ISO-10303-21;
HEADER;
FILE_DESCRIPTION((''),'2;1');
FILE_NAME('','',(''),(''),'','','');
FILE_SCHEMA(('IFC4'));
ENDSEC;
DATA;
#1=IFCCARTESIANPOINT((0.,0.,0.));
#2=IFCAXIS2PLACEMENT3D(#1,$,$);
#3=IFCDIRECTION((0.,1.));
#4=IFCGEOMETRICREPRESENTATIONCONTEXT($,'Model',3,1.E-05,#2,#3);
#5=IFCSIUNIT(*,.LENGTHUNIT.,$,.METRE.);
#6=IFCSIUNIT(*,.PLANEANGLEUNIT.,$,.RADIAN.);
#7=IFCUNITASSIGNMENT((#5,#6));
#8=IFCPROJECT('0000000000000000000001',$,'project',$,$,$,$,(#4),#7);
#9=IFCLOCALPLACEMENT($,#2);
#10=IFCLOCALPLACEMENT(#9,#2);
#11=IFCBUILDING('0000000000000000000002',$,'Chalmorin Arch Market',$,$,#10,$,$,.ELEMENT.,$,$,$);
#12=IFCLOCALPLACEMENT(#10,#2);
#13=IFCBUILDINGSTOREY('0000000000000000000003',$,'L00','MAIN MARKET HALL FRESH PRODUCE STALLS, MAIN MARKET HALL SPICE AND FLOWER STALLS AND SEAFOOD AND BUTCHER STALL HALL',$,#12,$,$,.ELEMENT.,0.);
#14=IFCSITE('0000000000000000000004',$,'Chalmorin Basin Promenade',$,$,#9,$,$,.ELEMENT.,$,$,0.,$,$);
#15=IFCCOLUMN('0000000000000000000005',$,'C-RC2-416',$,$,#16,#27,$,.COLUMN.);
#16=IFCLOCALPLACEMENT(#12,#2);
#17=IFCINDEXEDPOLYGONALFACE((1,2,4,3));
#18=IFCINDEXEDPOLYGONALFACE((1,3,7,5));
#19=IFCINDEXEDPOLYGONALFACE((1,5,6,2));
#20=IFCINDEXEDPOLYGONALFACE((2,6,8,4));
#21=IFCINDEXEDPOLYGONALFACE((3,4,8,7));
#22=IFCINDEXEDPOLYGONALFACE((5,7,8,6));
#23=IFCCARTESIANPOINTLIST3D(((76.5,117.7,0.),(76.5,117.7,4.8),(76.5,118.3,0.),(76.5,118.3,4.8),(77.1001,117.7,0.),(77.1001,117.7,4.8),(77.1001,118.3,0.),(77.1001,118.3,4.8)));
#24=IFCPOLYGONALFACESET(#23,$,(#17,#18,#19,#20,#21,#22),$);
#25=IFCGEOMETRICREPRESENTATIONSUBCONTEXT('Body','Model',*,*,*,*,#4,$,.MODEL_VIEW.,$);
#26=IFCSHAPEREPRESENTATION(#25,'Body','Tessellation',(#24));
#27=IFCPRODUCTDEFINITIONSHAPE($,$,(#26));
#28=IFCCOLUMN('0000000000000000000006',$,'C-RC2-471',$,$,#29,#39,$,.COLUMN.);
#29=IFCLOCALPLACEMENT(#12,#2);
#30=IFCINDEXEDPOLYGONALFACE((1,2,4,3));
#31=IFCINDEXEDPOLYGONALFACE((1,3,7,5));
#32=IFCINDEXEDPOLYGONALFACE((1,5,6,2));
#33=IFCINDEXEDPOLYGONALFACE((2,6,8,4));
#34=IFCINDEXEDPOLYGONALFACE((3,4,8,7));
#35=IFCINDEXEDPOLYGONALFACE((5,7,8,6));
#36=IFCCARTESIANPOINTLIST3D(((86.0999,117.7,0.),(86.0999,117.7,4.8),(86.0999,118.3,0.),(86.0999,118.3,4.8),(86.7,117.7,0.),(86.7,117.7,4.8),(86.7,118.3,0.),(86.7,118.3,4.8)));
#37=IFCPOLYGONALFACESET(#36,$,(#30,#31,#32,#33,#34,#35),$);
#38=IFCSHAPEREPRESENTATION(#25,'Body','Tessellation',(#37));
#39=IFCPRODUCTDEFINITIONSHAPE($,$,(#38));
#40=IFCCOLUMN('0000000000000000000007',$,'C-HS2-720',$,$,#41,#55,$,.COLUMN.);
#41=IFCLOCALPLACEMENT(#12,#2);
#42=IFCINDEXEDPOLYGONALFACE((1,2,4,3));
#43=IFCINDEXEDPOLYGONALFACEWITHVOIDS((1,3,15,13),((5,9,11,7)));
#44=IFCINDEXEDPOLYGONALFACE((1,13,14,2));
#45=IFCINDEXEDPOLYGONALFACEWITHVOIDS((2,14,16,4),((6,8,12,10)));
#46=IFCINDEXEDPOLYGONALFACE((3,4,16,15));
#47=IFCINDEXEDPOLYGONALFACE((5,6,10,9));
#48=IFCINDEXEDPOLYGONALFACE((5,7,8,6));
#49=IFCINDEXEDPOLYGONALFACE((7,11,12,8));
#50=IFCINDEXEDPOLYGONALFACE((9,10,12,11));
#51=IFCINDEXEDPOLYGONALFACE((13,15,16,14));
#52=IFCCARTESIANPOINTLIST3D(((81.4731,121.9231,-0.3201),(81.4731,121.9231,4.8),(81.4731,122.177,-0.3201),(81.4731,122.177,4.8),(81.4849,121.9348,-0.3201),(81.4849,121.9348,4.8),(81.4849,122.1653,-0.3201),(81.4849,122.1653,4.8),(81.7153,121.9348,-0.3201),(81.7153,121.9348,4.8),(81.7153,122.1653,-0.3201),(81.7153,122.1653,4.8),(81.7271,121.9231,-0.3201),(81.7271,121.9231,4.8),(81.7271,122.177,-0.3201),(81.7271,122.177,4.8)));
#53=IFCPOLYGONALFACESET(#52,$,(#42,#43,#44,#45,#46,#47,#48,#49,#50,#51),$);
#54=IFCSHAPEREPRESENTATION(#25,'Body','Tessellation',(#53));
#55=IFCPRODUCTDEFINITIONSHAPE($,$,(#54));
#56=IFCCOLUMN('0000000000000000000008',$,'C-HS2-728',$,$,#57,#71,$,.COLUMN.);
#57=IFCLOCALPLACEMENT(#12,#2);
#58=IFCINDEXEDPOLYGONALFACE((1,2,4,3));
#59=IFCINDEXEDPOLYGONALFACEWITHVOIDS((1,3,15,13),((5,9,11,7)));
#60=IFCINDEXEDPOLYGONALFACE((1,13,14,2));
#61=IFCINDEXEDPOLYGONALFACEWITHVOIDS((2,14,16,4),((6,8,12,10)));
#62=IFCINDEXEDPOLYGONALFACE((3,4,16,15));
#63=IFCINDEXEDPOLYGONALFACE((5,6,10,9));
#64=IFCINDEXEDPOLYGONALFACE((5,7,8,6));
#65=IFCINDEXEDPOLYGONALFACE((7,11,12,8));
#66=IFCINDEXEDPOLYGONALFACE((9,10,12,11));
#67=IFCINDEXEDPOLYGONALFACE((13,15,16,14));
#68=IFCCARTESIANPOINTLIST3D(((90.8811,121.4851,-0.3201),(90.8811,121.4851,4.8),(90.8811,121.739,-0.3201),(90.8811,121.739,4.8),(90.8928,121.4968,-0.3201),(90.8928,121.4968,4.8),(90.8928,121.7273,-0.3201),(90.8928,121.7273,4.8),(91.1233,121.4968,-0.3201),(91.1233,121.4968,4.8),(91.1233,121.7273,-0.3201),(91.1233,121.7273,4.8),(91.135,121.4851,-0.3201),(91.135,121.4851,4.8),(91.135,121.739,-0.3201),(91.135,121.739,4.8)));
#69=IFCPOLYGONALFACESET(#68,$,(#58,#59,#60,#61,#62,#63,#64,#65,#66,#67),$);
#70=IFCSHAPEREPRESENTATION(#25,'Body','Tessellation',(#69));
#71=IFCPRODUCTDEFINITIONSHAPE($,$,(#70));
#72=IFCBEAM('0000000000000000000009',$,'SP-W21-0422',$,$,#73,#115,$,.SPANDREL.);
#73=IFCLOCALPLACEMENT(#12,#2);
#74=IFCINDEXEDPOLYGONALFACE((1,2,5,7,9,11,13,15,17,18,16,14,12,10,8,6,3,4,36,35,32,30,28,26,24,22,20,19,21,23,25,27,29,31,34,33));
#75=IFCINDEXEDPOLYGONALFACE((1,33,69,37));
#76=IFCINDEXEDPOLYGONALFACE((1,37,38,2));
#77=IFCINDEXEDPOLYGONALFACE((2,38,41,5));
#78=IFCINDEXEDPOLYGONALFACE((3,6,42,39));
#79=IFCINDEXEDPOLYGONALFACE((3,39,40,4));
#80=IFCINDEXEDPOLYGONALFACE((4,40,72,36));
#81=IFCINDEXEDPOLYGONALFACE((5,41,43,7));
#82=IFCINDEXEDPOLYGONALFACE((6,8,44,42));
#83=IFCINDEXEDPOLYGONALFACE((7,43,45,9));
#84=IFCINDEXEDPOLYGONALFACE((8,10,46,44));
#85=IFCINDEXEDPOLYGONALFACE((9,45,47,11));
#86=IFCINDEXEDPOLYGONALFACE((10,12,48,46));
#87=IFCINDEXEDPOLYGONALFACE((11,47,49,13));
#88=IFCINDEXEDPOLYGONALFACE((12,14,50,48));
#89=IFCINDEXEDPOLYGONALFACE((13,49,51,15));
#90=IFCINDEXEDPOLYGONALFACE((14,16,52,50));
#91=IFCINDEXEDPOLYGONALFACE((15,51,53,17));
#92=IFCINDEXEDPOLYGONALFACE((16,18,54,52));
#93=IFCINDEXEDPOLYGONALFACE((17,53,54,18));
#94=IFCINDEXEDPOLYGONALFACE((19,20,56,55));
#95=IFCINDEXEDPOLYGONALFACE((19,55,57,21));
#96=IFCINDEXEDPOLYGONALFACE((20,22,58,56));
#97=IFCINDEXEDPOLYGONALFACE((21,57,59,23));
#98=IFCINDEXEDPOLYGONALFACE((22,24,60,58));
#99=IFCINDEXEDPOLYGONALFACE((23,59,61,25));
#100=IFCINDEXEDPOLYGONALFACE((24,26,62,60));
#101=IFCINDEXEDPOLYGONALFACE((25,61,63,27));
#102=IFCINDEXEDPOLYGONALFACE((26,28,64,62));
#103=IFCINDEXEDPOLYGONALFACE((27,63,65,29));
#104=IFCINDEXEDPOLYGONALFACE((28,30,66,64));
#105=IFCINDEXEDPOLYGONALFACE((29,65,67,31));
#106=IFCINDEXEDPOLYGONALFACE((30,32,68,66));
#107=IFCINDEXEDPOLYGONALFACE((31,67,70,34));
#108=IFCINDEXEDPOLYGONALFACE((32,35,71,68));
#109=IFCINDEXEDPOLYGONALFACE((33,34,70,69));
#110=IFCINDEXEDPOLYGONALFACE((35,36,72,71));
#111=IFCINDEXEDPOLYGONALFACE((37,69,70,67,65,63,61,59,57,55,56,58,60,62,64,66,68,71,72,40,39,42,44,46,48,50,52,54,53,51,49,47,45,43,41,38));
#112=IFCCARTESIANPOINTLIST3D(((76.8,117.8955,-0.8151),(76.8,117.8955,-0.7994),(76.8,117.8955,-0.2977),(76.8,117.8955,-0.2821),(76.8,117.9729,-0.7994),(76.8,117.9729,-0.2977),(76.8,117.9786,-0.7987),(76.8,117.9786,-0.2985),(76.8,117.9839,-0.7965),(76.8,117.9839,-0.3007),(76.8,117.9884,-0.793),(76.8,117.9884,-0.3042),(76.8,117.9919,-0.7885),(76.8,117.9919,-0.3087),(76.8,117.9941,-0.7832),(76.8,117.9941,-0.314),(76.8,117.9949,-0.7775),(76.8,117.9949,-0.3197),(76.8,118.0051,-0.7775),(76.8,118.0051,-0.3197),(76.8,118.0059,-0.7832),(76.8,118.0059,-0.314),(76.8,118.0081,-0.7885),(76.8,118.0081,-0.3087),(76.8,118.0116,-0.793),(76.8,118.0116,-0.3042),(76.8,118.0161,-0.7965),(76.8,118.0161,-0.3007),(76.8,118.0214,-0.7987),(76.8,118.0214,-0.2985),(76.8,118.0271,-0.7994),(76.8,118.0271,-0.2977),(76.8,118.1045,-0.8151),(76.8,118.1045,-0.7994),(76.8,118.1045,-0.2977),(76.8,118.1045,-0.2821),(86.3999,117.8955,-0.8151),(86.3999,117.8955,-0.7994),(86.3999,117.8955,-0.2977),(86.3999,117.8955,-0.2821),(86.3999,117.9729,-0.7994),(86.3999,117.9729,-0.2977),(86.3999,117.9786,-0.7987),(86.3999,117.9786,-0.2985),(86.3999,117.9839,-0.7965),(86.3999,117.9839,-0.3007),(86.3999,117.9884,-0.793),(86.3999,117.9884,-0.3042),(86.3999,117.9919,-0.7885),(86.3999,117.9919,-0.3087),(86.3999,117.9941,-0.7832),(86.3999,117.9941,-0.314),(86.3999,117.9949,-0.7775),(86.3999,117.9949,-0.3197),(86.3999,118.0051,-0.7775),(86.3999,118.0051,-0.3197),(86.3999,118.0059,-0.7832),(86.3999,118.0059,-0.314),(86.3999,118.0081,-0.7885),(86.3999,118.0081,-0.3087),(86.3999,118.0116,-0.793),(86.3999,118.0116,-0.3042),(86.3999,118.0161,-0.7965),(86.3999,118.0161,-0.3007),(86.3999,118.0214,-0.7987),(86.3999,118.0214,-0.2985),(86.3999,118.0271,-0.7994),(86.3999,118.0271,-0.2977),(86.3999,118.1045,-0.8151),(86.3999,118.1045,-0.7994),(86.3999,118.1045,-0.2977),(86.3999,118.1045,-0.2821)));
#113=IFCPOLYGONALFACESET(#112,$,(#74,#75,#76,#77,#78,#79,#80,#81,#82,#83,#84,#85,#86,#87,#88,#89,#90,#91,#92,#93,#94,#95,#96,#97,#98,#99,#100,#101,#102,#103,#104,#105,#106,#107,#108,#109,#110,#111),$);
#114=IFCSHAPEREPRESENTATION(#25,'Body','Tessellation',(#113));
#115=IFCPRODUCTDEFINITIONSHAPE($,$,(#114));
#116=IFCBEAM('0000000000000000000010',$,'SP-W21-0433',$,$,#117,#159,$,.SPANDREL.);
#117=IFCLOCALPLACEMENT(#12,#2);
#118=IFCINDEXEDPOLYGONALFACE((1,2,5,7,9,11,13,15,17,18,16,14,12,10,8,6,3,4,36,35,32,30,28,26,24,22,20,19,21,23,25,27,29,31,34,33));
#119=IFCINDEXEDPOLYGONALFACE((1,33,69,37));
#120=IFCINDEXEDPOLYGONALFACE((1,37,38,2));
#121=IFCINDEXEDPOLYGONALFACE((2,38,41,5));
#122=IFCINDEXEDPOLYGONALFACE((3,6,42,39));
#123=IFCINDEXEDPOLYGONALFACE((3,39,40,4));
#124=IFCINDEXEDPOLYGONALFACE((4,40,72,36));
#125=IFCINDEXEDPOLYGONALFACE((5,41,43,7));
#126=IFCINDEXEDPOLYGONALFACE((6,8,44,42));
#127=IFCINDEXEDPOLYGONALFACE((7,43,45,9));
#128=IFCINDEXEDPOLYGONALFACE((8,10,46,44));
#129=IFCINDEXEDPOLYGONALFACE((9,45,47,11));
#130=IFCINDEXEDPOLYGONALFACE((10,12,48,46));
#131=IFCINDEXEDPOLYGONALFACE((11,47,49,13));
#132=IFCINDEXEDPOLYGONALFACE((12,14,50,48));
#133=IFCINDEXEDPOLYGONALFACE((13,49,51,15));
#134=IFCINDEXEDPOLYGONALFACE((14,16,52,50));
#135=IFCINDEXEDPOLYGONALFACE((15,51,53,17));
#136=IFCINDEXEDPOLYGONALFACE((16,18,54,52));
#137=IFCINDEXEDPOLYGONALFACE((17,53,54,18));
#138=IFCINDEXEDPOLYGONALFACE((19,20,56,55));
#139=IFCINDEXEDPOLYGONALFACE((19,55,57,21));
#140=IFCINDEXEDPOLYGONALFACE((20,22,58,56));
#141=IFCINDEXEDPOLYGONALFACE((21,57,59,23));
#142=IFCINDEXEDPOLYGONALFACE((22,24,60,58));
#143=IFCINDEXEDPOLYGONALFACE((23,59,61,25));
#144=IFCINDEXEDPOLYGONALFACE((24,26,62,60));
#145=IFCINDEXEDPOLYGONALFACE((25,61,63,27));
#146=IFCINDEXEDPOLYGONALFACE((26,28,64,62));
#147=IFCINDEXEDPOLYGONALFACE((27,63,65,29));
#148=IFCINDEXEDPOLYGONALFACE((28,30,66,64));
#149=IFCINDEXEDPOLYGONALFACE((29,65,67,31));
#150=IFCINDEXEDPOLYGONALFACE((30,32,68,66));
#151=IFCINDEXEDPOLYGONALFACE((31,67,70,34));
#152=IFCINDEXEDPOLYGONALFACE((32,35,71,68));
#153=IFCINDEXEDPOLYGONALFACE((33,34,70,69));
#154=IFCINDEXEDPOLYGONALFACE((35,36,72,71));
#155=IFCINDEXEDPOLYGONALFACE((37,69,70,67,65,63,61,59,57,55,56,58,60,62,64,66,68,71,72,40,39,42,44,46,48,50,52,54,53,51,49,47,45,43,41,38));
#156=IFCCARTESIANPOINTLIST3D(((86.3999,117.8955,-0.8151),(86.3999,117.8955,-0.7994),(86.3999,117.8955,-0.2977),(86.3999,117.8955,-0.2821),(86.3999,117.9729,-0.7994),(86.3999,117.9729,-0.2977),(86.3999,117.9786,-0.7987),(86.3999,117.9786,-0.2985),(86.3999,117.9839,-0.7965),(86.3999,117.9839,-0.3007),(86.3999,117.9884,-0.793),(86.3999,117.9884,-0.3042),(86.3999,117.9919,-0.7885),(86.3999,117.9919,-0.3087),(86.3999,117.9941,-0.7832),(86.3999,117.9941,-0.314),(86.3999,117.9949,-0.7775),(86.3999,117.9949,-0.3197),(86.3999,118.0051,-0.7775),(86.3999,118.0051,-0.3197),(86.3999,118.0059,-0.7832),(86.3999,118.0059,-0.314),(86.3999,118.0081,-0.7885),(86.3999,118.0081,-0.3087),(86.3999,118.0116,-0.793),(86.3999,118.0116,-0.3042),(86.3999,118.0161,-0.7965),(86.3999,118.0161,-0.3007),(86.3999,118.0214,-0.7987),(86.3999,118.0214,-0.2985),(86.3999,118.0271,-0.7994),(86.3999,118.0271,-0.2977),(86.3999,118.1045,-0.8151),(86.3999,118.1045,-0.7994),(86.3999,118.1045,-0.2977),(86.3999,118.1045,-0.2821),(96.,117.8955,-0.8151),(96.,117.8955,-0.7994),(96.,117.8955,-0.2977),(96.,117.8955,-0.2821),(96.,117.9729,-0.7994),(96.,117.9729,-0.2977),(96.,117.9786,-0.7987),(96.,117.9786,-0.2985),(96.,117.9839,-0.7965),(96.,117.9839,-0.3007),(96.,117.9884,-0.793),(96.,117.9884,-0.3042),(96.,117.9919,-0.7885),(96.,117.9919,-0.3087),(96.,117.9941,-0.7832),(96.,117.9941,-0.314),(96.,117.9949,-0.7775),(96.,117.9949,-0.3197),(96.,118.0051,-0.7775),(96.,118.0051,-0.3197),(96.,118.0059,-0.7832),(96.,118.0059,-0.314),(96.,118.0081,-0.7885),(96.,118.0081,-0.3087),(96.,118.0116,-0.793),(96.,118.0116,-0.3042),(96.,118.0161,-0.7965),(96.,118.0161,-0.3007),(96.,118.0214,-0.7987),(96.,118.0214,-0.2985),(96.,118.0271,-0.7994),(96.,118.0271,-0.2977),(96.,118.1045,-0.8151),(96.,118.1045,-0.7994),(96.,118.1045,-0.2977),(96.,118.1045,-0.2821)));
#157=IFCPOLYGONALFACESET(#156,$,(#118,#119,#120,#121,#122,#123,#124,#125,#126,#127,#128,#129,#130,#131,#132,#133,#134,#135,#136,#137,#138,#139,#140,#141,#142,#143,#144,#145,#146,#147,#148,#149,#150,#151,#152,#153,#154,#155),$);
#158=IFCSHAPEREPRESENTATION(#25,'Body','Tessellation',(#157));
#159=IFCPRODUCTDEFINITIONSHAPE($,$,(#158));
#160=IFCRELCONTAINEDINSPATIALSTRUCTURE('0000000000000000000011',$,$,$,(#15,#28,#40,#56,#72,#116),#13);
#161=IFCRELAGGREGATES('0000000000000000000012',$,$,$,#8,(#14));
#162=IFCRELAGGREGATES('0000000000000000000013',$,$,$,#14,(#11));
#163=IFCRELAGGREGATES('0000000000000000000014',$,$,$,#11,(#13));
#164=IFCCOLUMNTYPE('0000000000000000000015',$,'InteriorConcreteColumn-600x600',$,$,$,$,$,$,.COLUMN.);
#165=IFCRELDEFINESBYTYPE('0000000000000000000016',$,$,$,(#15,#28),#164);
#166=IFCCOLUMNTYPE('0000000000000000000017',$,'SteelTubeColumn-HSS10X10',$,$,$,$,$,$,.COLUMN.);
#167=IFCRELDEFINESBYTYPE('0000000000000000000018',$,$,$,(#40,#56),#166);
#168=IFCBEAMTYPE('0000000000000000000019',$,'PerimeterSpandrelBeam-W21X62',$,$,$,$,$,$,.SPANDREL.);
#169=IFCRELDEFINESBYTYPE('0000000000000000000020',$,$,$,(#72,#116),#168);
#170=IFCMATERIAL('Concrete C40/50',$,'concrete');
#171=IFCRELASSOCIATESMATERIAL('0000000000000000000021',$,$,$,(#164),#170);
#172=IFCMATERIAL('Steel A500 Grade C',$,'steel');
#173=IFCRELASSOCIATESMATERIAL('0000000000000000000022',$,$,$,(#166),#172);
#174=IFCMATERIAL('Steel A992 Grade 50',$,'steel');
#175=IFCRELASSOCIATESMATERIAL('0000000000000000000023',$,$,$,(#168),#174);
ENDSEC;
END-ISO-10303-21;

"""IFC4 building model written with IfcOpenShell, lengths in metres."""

from ifc_helpers import new_model, si_unit, direction, frame, origin, origin_2d, place, context, subcontext, project, spatial, rectangle, hollow_rectangle, i_section, extrude, material, material_profile, profile_set, type_object, element, save


model = new_model("IFC4")

# Units and contexts
model_context = context("Model", 3, precision=1e-05, world=origin(), true_north=direction((0.0, 1.0)))
body_context = subcontext(model_context, "Body", "Model", "MODEL_VIEW")
ifc_project = project(units=[si_unit("LENGTHUNIT", "METRE"), si_unit("PLANEANGLEUNIT", "RADIAN")], contexts=[model_context])

# Site, building, storey
site_placement = place(None, origin())
site = spatial("IfcSite", under=ifc_project, at=site_placement, Name="Chalmorin Basin Promenade", CompositionType="ELEMENT", RefElevation=0.0)
building_placement = place(site_placement, origin())
building = spatial("IfcBuilding", under=site, at=building_placement, Name="Chalmorin Arch Market", CompositionType="ELEMENT")
storey_placement = place(building_placement, origin())
storey = spatial("IfcBuildingStorey", under=building, at=storey_placement, Name="L00", Description="MAIN MARKET HALL FRESH PRODUCE STALLS, MAIN MARKET HALL SPICE AND FLOWER STALLS AND SEAFOOD AND BUTCHER STALL HALL", CompositionType="ELEMENT", Elevation=0.0)

# Columns
ifc_material_1 = material(Name="Concrete C40/50", Category="concrete")
ifc_material_profile_1 = material_profile(ifc_material_1, rectangle(XDim=0.6001, YDim=0.6001, at=origin_2d()), Name="RC600X600")
ifc_profile_set_1 = profile_set([ifc_material_profile_1], Name="Concrete C40/50")
column_type_1 = type_object("IfcColumnType", Name="InteriorConcreteColumn-600x600", PredefinedType="COLUMN", material=ifc_profile_set_1)
for number, where, z_axis, x_axis, name in (
    (1, (76.8, 118.0, 0.0), (0.0, 0.0, 1.0), (1.0, 0.0, 0.0), "C-RC2-416"),
    (2, (86.3999, 118.0, 0.0), (0.0, 0.0, 1.0), (1.0, 0.0, 0.0), "C-RC2-471"),
):
    element("IfcColumn", number, at=place(storey_placement, frame(where, z_axis=z_axis, x_axis=x_axis)), inside=storey, type_object=column_type_1, Name=name, PredefinedType="COLUMN", context=body_context, shape_type="SweptSolid", body=[
        extrude(rectangle(XDim=0.6001, YDim=0.6001, at=origin_2d()), origin(), (0.0, 0.0, 1.0), 4.8),
    ])
ifc_material_2 = material(Name="Steel A500 Grade C", Category="steel")
ifc_material_profile_2 = material_profile(ifc_material_2, hollow_rectangle(XDim=0.2539, YDim=0.2539, WallThickness=0.0117, at=origin_2d()), Name="HSS10X10X1/2")
ifc_profile_set_2 = profile_set([ifc_material_profile_2], Name="Steel A500 Grade C")
column_type_2 = type_object("IfcColumnType", Name="SteelTubeColumn-HSS10X10", PredefinedType="COLUMN", material=ifc_profile_set_2)
for number, where, z_axis, x_axis, name in (
    (3, (81.6001, 122.05, -0.3201), (0.0, 0.0, 1.0), (1.0, 0.0, 0.0), "C-HS2-720"),
    (4, (91.0081, 121.6121, -0.3201), (0.0, 0.0, 1.0), (1.0, 0.0, 0.0), "C-HS2-728"),
):
    element("IfcColumn", number, at=place(storey_placement, frame(where, z_axis=z_axis, x_axis=x_axis)), inside=storey, type_object=column_type_2, Name=name, PredefinedType="COLUMN", context=body_context, shape_type="SweptSolid", body=[
        extrude(hollow_rectangle(XDim=0.2539, YDim=0.2539, WallThickness=0.0117, at=origin_2d()), origin(), (0.0, 0.0, 1.0), 5.1201),
    ])

# Beams
ifc_material_3 = material(Name="Steel A992 Grade 50", Category="steel")
ifc_material_profile_3 = material_profile(ifc_material_3, i_section(OverallWidth=0.209, OverallDepth=0.533, WebThickness=0.0103, FlangeThickness=0.0156, FilletRadius=0.022, at=origin_2d()), Name="W21X62")
ifc_profile_set_3 = profile_set([ifc_material_profile_3], Name="Steel A992 Grade 50")
beam_type_1 = type_object("IfcBeamType", Name="PerimeterSpandrelBeam-W21X62", PredefinedType="SPANDREL", material=ifc_profile_set_3)
beam_1_placement = place(storey_placement, frame((76.8, 118.0, -0.5486), z_axis=(1.0, 0.0, 0.0), x_axis=(0.0, 1.0, 0.0)))
element("IfcBeam", 5, at=beam_1_placement, inside=storey, type_object=beam_type_1, Name="SP-W21-0422", PredefinedType="SPANDREL", context=body_context, shape_type="SweptSolid", body=[
    extrude(i_section(OverallWidth=0.209, OverallDepth=0.533, WebThickness=0.0103, FlangeThickness=0.0156, FilletRadius=0.022, at=origin_2d()), origin(), (0.0, 0.0, 1.0), 9.5999),
])
beam_2_placement = place(storey_placement, frame((86.3999, 118.0, -0.5486), z_axis=(1.0, 0.0, 0.0), x_axis=(0.0, 1.0, 0.0)))
element("IfcBeam", 6, at=beam_2_placement, inside=storey, type_object=beam_type_1, Name="SP-W21-0433", PredefinedType="SPANDREL", context=body_context, shape_type="SweptSolid", body=[
    extrude(i_section(OverallWidth=0.209, OverallDepth=0.533, WebThickness=0.0103, FlangeThickness=0.0156, FilletRadius=0.022, at=origin_2d()), origin(), (0.0, 0.0, 1.0), 9.6001),
])

save(model, "model.ifc")
